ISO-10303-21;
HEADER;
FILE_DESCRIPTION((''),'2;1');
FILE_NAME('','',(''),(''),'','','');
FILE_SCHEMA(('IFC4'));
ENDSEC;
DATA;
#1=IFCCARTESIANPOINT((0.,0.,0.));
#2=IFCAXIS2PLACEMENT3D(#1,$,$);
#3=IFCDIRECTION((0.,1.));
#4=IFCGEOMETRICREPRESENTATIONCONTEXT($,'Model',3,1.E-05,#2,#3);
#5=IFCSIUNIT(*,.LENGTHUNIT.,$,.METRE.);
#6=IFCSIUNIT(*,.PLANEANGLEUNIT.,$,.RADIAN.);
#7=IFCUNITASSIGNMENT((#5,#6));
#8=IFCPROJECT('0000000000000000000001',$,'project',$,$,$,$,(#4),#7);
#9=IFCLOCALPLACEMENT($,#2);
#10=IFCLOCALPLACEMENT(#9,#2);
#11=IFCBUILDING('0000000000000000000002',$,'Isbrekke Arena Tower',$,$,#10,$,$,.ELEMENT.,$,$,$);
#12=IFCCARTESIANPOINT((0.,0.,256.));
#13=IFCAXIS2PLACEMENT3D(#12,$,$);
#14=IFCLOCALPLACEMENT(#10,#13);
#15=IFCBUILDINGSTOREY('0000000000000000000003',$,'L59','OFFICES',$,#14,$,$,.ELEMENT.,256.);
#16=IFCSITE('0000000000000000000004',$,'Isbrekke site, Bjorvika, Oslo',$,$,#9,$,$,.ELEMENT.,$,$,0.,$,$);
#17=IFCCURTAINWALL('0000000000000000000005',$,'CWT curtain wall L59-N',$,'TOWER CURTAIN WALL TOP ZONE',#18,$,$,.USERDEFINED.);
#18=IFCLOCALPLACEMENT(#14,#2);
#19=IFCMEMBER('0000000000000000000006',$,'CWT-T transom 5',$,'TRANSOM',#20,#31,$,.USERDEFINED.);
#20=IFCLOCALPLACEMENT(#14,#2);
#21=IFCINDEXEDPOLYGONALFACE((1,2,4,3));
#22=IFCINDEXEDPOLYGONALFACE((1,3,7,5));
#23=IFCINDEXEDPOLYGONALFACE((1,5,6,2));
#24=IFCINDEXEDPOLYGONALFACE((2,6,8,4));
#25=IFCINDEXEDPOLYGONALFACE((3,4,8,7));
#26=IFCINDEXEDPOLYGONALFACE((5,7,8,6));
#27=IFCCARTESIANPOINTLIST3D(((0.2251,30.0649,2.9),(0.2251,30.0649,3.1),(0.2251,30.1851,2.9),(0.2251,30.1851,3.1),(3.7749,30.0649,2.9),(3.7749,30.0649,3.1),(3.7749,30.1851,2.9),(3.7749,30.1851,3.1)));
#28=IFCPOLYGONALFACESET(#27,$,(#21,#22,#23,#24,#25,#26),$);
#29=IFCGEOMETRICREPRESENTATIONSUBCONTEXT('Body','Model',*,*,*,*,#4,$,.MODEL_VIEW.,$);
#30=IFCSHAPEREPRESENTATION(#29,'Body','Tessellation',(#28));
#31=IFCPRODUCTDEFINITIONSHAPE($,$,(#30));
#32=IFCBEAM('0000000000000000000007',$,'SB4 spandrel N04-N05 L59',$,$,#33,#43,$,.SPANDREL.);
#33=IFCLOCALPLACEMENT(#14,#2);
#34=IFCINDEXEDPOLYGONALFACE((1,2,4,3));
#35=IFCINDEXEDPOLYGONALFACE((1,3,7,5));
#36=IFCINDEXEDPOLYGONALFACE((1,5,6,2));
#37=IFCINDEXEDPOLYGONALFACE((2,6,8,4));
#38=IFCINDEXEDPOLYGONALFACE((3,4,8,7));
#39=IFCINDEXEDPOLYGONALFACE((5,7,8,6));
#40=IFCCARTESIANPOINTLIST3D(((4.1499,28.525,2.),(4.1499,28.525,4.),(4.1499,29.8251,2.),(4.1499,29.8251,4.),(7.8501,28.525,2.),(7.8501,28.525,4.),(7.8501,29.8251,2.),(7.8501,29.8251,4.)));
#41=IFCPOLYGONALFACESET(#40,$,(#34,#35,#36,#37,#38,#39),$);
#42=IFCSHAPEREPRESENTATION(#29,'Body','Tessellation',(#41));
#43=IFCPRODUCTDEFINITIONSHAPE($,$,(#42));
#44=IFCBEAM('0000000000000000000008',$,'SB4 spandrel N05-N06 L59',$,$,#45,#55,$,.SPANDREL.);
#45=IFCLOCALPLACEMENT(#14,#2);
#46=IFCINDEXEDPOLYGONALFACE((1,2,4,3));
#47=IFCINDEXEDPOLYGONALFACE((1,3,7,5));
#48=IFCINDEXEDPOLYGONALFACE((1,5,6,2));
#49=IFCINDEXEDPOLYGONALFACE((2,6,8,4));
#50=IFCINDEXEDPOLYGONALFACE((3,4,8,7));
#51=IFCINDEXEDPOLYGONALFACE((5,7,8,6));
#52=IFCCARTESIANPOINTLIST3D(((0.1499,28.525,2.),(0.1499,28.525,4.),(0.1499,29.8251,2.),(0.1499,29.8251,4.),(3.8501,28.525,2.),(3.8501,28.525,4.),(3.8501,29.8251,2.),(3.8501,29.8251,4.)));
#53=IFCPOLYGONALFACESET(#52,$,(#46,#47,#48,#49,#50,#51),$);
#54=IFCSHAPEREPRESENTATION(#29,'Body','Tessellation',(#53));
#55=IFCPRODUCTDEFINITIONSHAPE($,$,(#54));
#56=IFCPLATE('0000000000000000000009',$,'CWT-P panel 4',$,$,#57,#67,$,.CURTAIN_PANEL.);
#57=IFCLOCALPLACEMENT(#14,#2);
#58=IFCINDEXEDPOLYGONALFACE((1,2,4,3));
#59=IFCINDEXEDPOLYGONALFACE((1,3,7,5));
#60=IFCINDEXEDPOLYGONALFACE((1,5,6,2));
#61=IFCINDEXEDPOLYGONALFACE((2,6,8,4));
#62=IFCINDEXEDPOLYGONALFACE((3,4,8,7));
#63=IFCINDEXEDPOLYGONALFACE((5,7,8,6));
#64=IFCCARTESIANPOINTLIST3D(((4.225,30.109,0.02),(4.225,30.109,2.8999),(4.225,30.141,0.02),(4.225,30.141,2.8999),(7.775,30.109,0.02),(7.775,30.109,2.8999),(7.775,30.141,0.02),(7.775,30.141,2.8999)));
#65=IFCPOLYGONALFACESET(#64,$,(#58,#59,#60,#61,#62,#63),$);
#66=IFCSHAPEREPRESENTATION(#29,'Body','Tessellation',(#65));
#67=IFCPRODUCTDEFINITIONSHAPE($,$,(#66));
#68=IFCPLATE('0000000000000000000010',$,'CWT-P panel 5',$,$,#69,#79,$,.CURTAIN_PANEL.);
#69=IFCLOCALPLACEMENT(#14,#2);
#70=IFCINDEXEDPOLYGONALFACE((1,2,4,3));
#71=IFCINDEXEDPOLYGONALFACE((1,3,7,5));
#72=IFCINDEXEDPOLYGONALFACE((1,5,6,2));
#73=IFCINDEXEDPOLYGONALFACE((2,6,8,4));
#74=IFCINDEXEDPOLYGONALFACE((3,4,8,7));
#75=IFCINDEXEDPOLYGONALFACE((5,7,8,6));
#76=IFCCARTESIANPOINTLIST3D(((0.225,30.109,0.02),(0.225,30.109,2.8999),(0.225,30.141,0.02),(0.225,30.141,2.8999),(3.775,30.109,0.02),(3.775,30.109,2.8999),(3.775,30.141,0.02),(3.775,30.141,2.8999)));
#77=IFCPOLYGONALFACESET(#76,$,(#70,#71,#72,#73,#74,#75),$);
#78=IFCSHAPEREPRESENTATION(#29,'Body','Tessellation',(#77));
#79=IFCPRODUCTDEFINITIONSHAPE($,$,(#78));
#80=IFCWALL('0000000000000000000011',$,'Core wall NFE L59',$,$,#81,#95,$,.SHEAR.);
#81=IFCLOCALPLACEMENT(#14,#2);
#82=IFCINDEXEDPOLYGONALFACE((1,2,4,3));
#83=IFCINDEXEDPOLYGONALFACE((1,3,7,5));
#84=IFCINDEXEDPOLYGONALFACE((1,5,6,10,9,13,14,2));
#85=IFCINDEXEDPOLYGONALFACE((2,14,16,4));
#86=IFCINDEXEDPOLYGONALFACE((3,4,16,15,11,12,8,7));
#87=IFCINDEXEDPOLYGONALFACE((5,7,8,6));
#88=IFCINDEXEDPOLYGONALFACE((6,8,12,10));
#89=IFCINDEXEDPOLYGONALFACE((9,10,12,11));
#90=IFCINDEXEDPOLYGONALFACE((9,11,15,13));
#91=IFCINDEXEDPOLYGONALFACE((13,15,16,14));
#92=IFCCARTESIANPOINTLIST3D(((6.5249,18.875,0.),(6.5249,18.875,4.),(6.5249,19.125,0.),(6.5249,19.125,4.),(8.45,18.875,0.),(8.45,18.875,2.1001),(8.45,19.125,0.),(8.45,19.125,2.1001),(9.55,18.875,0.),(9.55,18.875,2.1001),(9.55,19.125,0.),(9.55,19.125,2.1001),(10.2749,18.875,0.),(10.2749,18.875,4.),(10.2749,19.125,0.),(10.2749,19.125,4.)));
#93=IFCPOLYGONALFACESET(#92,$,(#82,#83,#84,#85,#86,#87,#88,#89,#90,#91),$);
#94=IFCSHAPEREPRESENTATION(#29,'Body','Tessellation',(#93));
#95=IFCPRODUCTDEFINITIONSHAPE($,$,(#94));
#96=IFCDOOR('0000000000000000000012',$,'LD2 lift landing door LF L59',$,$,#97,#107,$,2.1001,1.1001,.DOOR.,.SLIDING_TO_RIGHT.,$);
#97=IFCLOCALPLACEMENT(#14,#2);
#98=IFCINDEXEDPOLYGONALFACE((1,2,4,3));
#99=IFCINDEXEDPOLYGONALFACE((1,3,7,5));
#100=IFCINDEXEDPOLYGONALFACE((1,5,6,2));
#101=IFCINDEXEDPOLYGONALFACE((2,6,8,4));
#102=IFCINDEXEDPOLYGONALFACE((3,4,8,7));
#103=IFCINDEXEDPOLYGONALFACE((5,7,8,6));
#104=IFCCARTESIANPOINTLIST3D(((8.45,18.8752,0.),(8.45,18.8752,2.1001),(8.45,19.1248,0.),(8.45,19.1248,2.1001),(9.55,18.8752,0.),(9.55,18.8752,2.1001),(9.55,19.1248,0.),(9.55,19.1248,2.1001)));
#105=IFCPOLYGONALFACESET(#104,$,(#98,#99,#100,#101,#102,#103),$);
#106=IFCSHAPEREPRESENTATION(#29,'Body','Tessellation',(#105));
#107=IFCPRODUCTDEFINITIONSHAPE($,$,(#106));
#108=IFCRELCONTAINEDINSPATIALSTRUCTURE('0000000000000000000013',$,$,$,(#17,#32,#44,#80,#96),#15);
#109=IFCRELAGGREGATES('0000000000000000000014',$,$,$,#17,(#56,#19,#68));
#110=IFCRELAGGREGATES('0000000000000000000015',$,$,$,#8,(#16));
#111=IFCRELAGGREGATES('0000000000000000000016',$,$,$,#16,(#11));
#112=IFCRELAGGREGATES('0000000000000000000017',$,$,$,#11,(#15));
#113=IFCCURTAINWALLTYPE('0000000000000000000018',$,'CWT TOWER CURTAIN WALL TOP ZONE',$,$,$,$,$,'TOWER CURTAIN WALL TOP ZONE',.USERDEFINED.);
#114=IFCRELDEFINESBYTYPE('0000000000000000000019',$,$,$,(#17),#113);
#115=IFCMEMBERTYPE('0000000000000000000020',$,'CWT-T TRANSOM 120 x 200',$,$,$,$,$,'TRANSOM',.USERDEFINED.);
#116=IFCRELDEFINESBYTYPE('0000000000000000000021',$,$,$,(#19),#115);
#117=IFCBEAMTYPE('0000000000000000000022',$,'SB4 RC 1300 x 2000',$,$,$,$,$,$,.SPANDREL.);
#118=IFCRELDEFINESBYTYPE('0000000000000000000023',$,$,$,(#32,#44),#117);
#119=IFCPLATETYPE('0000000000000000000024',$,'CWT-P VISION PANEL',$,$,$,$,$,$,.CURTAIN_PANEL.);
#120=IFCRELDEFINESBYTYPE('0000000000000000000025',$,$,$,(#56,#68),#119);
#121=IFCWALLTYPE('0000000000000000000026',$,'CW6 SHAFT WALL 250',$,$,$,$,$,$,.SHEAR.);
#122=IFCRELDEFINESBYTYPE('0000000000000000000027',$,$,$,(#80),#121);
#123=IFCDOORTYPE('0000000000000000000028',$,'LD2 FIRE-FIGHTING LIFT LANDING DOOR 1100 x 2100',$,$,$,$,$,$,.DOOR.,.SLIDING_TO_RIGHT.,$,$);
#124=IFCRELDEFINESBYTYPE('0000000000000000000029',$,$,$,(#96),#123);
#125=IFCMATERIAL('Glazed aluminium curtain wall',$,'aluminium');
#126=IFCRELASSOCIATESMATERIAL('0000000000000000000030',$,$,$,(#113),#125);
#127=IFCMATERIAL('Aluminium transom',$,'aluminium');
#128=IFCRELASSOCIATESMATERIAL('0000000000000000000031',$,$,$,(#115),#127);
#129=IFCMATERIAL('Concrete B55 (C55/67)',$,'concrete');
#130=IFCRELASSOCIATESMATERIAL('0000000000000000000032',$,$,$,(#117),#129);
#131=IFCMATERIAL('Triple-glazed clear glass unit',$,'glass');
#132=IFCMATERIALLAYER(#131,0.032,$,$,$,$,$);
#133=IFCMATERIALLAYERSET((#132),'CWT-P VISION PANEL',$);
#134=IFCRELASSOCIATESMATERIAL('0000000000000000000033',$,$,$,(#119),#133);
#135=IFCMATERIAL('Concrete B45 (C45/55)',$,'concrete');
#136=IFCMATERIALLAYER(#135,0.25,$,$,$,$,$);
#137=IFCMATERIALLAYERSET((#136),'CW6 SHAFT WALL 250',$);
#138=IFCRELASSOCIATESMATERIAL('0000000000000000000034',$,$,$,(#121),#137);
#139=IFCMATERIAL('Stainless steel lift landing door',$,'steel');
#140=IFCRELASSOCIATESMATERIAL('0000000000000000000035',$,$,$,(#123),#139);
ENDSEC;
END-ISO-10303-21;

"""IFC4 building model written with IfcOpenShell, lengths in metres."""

from ifc_helpers import new_model, si_unit, direction, frame, frame_2d, origin, origin_2d, place, context, subcontext, project, spatial, rectangle, extrude, material, layer, layer_set, material_profile, profile_set, type_object, element, fill, aggregate, save


model = new_model("IFC4")

# Units and contexts
model_context = context("Model", 3, precision=1e-05, world=origin(), true_north=direction((0.0, 1.0)))
body_context = subcontext(model_context, "Body", "Model", "MODEL_VIEW")
ifc_project = project(units=[si_unit("LENGTHUNIT", "METRE"), si_unit("PLANEANGLEUNIT", "RADIAN")], contexts=[model_context])

# Site, building, storey
site_placement = place(None, origin())
site = spatial("IfcSite", under=ifc_project, at=site_placement, Name="Isbrekke site, Bjorvika, Oslo", CompositionType="ELEMENT", RefElevation=0.0)
building_placement = place(site_placement, origin())
building = spatial("IfcBuilding", under=site, at=building_placement, Name="Isbrekke Arena Tower", CompositionType="ELEMENT")
storey_placement = place(building_placement, frame((0.0, 0.0, 256.0)))
storey = spatial("IfcBuildingStorey", under=building, at=storey_placement, Name="L59", Description="OFFICES", CompositionType="ELEMENT", Elevation=256.0)

# Curtain wall, member
ifc_material_1 = material(Name="Glazed aluminium curtain wall", Category="aluminium")
curtain_wall_type = type_object("IfcCurtainWallType", Name="CWT TOWER CURTAIN WALL TOP ZONE", ElementType="TOWER CURTAIN WALL TOP ZONE", PredefinedType="USERDEFINED", material=ifc_material_1)
curtain_wall_placement = place(storey_placement, origin())
curtain_wall = element("IfcCurtainWall", 1, at=curtain_wall_placement, inside=storey, type_object=curtain_wall_type, Name="CWT curtain wall L59-N", ObjectType="TOWER CURTAIN WALL TOP ZONE", PredefinedType="USERDEFINED")
ifc_material_2 = material(Name="Aluminium transom", Category="aluminium")
ifc_material_profile_1 = material_profile(ifc_material_2, rectangle(XDim=0.1201, YDim=0.2, at=origin_2d()), Name="TRANSOM 120X200")
ifc_profile_set_1 = profile_set([ifc_material_profile_1], Name="Aluminium transom")
member_type_1 = type_object("IfcMemberType", Name="CWT-T TRANSOM 120 x 200", ElementType="TRANSOM", PredefinedType="USERDEFINED", material=ifc_profile_set_1)
member_1_placement = place(storey_placement, frame((3.7749, 30.125, 3.0), z_axis=(-1.0, 0.0, 0.0), x_axis=(0.0, -1.0, 0.0)))
member_1 = element("IfcMember", 2, at=member_1_placement, type_object=member_type_1, Name="CWT-T transom 5", ObjectType="TRANSOM", PredefinedType="USERDEFINED", context=body_context, shape_type="SweptSolid", body=[
    extrude(rectangle(XDim=0.1201, YDim=0.2, at=origin_2d()), origin(), (0.0, 0.0, 1.0), 3.5498),
])

# Beams
ifc_material_3 = material(Name="Concrete B55 (C55/67)", Category="concrete")
ifc_material_profile_2 = material_profile(ifc_material_3, rectangle(XDim=1.3, YDim=2.0, at=origin_2d()), Name="RC 1300x2000")
ifc_profile_set_2 = profile_set([ifc_material_profile_2], Name="Concrete B55 (C55/67)")
beam_type_1 = type_object("IfcBeamType", Name="SB4 RC 1300 x 2000", PredefinedType="SPANDREL", material=ifc_profile_set_2)
for number, where, z_axis, x_axis, name in (
    (3, (7.8501, 29.175, 3.0), (-1.0, 0.0, 0.0), (0.0, -1.0, 0.0), "SB4 spandrel N04-N05 L59"),
    (4, (3.8501, 29.175, 3.0), (-1.0, 0.0, 0.0), (0.0, -1.0, 0.0), "SB4 spandrel N05-N06 L59"),
):
    element("IfcBeam", number, at=place(storey_placement, frame(where, z_axis=z_axis, x_axis=x_axis)), inside=storey, type_object=beam_type_1, Name=name, PredefinedType="SPANDREL", context=body_context, shape_type="SweptSolid", body=[
        extrude(rectangle(XDim=1.3, YDim=2.0, at=origin_2d()), origin(), (0.0, 0.0, 1.0), 3.7002),
    ])

# Plates
ifc_material_4 = material(Name="Triple-glazed clear glass unit", Category="glass")
ifc_layer_1 = layer(ifc_material_4, 0.032)
ifc_layer_set_1 = layer_set([ifc_layer_1], Name="CWT-P VISION PANEL")
plate_type = type_object("IfcPlateType", Name="CWT-P VISION PANEL", PredefinedType="CURTAIN_PANEL", material=ifc_layer_set_1)
plate_1_placement = place(storey_placement, frame((6.0, 30.125, 0.02), z_axis=(0.0, 0.0, 1.0), x_axis=(-1.0, 0.0, 0.0)))
plate_1 = element("IfcPlate", 5, at=plate_1_placement, type_object=plate_type, Name="CWT-P panel 4", PredefinedType="CURTAIN_PANEL", context=body_context, shape_type="SweptSolid", body=[
    extrude(rectangle(XDim=3.55, YDim=0.032, at=origin_2d()), origin(), (0.0, 0.0, 1.0), 2.8799),
])
plate_2_placement = place(storey_placement, frame((2.0, 30.125, 0.02), z_axis=(0.0, 0.0, 1.0), x_axis=(-1.0, 0.0, 0.0)))
plate_2 = element("IfcPlate", 6, at=plate_2_placement, type_object=plate_type, Name="CWT-P panel 5", PredefinedType="CURTAIN_PANEL", context=body_context, shape_type="SweptSolid", body=[
    extrude(rectangle(XDim=3.55, YDim=0.032, at=origin_2d()), origin(), (0.0, 0.0, 1.0), 2.8799),
])
aggregate(curtain_wall, [plate_1, member_1, plate_2])

# Wall, opening, door
ifc_material_5 = material(Name="Concrete B45 (C45/55)", Category="concrete")
ifc_layer_2 = layer(ifc_material_5, 0.25)
ifc_layer_set_2 = layer_set([ifc_layer_2], Name="CW6 SHAFT WALL 250")
wall_type = type_object("IfcWallType", Name="CW6 SHAFT WALL 250", PredefinedType="SHEAR", material=ifc_layer_set_2)
wall_placement = place(storey_placement, frame((6.5249, 19.0, 0.0), z_axis=(0.0, 0.0, 1.0), x_axis=(1.0, 0.0, 0.0)))
wall = element("IfcWall", 7, at=wall_placement, inside=storey, type_object=wall_type, Name="Core wall NFE L59", PredefinedType="SHEAR", context=body_context, shape_type="SweptSolid", body=[
    extrude(rectangle(XDim=3.75, YDim=0.25, at=frame_2d((1.875, 0.0))), origin(), (0.0, 0.0, 1.0), 4.0),
])
opening_placement = place(wall_placement, frame((1.925, 0.0, 0.0)))
opening = element("IfcOpeningElement", 8, at=opening_placement, cuts=wall, PredefinedType="OPENING", context=body_context, shape_type="SweptSolid", body=[
    extrude(rectangle(XDim=1.1001, YDim=2.1001, at=frame_2d((0.55, 1.05))), frame((0.0, 0.1399, 0.0), z_axis=(0.0, -1.0, 0.0), x_axis=(1.0, 0.0, 0.0)), (0.0, 0.0, 1.0), 0.2798),
])
ifc_material_6 = material(Name="Stainless steel lift landing door", Category="steel")
door_type = type_object("IfcDoorType", Name="LD2 FIRE-FIGHTING LIFT LANDING DOOR 1100 x 2100", OperationType="SLIDING_TO_RIGHT", PredefinedType="DOOR", material=ifc_material_6)
door_placement = place(opening_placement, origin())
door = element("IfcDoor", 9, at=door_placement, inside=storey, type_object=door_type, Name="LD2 lift landing door LF L59", OperationType="SLIDING_TO_RIGHT", OverallHeight=2.1001, OverallWidth=1.1001, PredefinedType="DOOR", context=body_context, shape_type="SweptSolid", body=[
    extrude(rectangle(XDim=1.1001, YDim=2.1001, at=frame_2d((0.55, 1.05))), frame((0.0, 0.1248, 0.0), z_axis=(0.0, -1.0, 0.0), x_axis=(1.0, 0.0, 0.0)), (0.0, 0.0, 1.0), 0.2495),
])
fill(opening, door)

save(model, "model.ifc")
